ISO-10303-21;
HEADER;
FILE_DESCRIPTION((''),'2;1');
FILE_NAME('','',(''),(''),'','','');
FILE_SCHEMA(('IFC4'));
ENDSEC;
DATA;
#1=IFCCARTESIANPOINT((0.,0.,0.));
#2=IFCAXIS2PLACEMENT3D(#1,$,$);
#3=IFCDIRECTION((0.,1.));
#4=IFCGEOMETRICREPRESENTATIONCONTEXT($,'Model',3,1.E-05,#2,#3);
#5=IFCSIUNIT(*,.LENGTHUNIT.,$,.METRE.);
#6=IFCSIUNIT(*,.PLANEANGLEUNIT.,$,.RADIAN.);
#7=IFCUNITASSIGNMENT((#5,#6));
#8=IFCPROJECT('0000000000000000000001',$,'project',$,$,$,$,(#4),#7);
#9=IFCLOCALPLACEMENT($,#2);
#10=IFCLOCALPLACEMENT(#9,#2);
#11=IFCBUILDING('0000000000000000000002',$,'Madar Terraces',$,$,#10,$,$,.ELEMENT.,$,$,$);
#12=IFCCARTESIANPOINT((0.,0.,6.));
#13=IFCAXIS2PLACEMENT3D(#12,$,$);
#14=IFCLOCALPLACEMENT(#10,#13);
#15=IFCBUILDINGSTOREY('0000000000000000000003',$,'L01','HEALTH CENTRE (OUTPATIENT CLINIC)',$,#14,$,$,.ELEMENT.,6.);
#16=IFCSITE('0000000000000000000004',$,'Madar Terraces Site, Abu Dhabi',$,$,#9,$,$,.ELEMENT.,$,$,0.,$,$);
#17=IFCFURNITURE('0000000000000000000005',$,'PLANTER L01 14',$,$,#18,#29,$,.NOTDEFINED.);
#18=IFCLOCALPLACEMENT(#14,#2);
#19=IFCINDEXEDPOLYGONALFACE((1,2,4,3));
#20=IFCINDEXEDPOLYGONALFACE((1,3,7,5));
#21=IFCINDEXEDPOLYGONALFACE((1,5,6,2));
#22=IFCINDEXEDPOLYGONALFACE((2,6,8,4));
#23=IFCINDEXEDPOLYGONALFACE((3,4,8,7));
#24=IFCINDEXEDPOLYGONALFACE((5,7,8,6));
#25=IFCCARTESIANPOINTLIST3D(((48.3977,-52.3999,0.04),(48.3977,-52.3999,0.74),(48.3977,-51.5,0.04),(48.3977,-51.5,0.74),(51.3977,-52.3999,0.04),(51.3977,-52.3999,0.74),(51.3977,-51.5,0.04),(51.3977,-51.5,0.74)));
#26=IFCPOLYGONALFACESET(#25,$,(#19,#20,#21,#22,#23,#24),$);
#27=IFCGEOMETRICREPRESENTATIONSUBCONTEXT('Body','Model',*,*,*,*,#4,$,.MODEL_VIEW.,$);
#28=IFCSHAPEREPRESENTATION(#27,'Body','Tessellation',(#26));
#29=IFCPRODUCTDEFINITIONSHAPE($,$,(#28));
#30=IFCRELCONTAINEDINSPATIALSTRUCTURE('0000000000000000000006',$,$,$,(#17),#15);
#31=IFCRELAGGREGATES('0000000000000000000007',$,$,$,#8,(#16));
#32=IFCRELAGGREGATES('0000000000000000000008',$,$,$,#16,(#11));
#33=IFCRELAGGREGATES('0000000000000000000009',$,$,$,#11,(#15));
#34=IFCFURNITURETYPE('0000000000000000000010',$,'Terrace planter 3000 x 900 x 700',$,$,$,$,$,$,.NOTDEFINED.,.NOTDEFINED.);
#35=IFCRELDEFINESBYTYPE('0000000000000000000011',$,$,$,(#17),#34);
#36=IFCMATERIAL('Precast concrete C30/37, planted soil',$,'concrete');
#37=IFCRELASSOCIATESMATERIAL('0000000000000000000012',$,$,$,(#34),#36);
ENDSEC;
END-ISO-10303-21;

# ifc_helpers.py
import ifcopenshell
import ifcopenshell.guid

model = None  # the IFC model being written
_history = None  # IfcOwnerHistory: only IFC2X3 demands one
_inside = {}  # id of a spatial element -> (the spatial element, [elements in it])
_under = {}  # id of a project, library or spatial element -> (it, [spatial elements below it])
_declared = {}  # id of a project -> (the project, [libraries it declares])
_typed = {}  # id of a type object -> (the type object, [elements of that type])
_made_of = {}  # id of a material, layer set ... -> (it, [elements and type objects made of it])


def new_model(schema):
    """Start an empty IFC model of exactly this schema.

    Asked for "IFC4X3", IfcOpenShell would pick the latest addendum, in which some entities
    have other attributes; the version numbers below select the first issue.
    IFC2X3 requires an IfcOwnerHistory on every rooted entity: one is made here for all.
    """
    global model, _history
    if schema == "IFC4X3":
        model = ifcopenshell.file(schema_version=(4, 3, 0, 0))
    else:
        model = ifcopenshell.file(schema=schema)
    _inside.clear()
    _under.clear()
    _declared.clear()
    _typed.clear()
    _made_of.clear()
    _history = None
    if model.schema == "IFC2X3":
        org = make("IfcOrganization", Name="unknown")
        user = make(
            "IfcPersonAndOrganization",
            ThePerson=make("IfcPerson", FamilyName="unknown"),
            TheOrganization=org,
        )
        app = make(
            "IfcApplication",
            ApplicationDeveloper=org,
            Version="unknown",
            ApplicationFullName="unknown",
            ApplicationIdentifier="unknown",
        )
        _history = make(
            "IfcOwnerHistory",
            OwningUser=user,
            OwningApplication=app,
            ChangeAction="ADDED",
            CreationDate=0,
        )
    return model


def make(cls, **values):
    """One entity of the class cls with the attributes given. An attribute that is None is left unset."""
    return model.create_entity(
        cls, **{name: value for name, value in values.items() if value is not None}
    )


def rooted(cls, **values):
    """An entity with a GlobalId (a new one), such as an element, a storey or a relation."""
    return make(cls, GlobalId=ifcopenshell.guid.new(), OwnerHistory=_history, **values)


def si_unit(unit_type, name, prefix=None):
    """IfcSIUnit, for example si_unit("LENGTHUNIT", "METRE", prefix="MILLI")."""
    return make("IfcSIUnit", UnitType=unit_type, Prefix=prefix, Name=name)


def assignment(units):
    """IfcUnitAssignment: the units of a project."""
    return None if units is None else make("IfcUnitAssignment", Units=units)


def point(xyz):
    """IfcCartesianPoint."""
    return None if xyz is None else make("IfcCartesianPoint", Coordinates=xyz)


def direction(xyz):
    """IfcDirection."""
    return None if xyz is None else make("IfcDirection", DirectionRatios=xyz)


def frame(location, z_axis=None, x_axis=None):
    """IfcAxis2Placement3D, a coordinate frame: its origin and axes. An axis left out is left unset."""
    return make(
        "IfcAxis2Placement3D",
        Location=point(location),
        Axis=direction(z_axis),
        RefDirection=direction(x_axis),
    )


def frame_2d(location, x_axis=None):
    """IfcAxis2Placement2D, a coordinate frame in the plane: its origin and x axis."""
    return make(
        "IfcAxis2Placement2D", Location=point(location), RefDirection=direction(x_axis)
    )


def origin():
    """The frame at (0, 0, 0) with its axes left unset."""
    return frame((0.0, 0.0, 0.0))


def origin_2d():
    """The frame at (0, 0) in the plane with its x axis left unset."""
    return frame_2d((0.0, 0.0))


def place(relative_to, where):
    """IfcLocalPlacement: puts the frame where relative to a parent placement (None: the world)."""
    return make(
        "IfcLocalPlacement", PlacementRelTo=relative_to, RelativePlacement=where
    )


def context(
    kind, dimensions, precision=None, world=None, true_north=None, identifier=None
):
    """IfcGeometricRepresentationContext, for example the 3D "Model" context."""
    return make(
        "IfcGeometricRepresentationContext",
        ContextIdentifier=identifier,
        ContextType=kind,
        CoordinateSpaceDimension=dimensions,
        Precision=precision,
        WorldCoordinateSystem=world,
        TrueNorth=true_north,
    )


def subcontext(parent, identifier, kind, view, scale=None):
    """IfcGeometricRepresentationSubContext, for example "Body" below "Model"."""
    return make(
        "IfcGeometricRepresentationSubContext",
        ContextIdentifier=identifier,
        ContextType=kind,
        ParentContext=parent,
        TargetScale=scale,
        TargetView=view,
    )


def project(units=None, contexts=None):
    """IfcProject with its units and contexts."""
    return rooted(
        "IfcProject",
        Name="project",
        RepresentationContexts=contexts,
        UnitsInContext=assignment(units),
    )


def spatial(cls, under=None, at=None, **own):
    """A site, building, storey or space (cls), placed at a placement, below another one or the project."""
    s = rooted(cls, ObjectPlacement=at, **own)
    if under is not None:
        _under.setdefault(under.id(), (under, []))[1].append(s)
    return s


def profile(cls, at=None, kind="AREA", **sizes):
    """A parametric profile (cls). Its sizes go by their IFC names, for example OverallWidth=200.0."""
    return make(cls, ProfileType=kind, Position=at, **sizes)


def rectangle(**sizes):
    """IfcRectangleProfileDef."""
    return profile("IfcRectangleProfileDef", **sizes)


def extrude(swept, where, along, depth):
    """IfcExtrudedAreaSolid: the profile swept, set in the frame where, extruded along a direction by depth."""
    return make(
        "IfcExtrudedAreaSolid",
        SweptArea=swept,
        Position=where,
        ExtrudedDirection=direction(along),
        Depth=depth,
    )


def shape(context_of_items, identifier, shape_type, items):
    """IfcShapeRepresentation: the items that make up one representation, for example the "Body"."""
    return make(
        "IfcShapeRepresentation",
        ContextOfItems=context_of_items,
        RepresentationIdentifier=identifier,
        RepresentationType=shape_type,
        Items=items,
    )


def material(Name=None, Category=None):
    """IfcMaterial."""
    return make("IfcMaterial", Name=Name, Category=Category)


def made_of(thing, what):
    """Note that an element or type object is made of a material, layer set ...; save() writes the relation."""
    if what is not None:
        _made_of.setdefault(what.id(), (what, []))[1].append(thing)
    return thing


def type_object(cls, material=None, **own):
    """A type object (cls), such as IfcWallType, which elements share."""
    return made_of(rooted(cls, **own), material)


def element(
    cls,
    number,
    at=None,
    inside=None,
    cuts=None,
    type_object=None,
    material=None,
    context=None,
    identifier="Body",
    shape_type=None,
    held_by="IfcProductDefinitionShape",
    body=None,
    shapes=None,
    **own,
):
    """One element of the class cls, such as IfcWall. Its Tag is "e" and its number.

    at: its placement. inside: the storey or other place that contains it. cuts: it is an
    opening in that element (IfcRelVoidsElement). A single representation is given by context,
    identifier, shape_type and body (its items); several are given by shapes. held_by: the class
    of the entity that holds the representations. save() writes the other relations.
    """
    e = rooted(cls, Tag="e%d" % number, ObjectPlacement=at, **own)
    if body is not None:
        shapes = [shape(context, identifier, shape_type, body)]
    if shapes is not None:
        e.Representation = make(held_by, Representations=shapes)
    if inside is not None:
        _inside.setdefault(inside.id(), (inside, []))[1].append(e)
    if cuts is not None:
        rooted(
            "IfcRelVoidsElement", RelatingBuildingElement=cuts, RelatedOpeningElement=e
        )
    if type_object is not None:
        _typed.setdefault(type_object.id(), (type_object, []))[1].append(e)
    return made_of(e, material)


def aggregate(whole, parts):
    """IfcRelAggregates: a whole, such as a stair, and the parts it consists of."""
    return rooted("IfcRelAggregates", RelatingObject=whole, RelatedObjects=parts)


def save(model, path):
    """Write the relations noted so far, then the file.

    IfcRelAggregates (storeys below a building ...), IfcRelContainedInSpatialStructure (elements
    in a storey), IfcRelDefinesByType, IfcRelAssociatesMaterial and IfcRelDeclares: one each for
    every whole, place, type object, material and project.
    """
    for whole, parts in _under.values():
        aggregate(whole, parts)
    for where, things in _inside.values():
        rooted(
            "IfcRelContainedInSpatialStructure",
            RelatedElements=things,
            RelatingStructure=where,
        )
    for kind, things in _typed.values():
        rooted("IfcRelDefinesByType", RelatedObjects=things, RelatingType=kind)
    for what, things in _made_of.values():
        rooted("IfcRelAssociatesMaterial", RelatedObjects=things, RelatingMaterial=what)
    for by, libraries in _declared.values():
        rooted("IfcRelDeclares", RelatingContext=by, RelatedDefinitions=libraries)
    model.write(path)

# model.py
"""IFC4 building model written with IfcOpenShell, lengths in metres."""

from ifc_helpers import new_model, si_unit, direction, frame, origin, origin_2d, place, context, subcontext, project, spatial, rectangle, extrude, material, type_object, element, save


model = new_model("IFC4")

# Units and contexts
model_context = context("Model", 3, precision=1e-05, world=origin(), true_north=direction((0.0, 1.0)))
body_context = subcontext(model_context, "Body", "Model", "MODEL_VIEW")
ifc_project = project(units=[si_unit("LENGTHUNIT", "METRE"), si_unit("PLANEANGLEUNIT", "RADIAN")], contexts=[model_context])

# Site, building, storey
site_placement = place(None, origin())
site = spatial("IfcSite", under=ifc_project, at=site_placement, Name="Madar Terraces Site, Abu Dhabi", CompositionType="ELEMENT", RefElevation=0.0)
building_placement = place(site_placement, origin())
building = spatial("IfcBuilding", under=site, at=building_placement, Name="Madar Terraces", CompositionType="ELEMENT")
storey_placement = place(building_placement, frame((0.0, 0.0, 6.0)))
storey = spatial("IfcBuildingStorey", under=building, at=storey_placement, Name="L01", Description="HEALTH CENTRE (OUTPATIENT CLINIC)", CompositionType="ELEMENT", Elevation=6.0)

# Furniture
ifc_material_1 = material(Name="Precast concrete C30/37, planted soil", Category="concrete")
furniture_type = type_object("IfcFurnitureType", Name="Terrace planter 3000 x 900 x 700", AssemblyPlace="NOTDEFINED", PredefinedType="NOTDEFINED", material=ifc_material_1)
for number, where, z_axis, x_axis, name in (
    (1, (49.8977, -51.95, 0.04), (0.0, 0.0, 1.0), (1.0, 0.0, 0.0), "PLANTER L01 14"),
):
    element("IfcFurniture", number, at=place(storey_placement, frame(where, z_axis=z_axis, x_axis=x_axis)), inside=storey, type_object=furniture_type, Name=name, PredefinedType="NOTDEFINED", context=body_context, shape_type="SweptSolid", body=[
        extrude(rectangle(XDim=3.0, YDim=0.8999, at=origin_2d()), origin(), (0.0, 0.0, 1.0), 0.7),
    ])

save(model, "model.ifc")
